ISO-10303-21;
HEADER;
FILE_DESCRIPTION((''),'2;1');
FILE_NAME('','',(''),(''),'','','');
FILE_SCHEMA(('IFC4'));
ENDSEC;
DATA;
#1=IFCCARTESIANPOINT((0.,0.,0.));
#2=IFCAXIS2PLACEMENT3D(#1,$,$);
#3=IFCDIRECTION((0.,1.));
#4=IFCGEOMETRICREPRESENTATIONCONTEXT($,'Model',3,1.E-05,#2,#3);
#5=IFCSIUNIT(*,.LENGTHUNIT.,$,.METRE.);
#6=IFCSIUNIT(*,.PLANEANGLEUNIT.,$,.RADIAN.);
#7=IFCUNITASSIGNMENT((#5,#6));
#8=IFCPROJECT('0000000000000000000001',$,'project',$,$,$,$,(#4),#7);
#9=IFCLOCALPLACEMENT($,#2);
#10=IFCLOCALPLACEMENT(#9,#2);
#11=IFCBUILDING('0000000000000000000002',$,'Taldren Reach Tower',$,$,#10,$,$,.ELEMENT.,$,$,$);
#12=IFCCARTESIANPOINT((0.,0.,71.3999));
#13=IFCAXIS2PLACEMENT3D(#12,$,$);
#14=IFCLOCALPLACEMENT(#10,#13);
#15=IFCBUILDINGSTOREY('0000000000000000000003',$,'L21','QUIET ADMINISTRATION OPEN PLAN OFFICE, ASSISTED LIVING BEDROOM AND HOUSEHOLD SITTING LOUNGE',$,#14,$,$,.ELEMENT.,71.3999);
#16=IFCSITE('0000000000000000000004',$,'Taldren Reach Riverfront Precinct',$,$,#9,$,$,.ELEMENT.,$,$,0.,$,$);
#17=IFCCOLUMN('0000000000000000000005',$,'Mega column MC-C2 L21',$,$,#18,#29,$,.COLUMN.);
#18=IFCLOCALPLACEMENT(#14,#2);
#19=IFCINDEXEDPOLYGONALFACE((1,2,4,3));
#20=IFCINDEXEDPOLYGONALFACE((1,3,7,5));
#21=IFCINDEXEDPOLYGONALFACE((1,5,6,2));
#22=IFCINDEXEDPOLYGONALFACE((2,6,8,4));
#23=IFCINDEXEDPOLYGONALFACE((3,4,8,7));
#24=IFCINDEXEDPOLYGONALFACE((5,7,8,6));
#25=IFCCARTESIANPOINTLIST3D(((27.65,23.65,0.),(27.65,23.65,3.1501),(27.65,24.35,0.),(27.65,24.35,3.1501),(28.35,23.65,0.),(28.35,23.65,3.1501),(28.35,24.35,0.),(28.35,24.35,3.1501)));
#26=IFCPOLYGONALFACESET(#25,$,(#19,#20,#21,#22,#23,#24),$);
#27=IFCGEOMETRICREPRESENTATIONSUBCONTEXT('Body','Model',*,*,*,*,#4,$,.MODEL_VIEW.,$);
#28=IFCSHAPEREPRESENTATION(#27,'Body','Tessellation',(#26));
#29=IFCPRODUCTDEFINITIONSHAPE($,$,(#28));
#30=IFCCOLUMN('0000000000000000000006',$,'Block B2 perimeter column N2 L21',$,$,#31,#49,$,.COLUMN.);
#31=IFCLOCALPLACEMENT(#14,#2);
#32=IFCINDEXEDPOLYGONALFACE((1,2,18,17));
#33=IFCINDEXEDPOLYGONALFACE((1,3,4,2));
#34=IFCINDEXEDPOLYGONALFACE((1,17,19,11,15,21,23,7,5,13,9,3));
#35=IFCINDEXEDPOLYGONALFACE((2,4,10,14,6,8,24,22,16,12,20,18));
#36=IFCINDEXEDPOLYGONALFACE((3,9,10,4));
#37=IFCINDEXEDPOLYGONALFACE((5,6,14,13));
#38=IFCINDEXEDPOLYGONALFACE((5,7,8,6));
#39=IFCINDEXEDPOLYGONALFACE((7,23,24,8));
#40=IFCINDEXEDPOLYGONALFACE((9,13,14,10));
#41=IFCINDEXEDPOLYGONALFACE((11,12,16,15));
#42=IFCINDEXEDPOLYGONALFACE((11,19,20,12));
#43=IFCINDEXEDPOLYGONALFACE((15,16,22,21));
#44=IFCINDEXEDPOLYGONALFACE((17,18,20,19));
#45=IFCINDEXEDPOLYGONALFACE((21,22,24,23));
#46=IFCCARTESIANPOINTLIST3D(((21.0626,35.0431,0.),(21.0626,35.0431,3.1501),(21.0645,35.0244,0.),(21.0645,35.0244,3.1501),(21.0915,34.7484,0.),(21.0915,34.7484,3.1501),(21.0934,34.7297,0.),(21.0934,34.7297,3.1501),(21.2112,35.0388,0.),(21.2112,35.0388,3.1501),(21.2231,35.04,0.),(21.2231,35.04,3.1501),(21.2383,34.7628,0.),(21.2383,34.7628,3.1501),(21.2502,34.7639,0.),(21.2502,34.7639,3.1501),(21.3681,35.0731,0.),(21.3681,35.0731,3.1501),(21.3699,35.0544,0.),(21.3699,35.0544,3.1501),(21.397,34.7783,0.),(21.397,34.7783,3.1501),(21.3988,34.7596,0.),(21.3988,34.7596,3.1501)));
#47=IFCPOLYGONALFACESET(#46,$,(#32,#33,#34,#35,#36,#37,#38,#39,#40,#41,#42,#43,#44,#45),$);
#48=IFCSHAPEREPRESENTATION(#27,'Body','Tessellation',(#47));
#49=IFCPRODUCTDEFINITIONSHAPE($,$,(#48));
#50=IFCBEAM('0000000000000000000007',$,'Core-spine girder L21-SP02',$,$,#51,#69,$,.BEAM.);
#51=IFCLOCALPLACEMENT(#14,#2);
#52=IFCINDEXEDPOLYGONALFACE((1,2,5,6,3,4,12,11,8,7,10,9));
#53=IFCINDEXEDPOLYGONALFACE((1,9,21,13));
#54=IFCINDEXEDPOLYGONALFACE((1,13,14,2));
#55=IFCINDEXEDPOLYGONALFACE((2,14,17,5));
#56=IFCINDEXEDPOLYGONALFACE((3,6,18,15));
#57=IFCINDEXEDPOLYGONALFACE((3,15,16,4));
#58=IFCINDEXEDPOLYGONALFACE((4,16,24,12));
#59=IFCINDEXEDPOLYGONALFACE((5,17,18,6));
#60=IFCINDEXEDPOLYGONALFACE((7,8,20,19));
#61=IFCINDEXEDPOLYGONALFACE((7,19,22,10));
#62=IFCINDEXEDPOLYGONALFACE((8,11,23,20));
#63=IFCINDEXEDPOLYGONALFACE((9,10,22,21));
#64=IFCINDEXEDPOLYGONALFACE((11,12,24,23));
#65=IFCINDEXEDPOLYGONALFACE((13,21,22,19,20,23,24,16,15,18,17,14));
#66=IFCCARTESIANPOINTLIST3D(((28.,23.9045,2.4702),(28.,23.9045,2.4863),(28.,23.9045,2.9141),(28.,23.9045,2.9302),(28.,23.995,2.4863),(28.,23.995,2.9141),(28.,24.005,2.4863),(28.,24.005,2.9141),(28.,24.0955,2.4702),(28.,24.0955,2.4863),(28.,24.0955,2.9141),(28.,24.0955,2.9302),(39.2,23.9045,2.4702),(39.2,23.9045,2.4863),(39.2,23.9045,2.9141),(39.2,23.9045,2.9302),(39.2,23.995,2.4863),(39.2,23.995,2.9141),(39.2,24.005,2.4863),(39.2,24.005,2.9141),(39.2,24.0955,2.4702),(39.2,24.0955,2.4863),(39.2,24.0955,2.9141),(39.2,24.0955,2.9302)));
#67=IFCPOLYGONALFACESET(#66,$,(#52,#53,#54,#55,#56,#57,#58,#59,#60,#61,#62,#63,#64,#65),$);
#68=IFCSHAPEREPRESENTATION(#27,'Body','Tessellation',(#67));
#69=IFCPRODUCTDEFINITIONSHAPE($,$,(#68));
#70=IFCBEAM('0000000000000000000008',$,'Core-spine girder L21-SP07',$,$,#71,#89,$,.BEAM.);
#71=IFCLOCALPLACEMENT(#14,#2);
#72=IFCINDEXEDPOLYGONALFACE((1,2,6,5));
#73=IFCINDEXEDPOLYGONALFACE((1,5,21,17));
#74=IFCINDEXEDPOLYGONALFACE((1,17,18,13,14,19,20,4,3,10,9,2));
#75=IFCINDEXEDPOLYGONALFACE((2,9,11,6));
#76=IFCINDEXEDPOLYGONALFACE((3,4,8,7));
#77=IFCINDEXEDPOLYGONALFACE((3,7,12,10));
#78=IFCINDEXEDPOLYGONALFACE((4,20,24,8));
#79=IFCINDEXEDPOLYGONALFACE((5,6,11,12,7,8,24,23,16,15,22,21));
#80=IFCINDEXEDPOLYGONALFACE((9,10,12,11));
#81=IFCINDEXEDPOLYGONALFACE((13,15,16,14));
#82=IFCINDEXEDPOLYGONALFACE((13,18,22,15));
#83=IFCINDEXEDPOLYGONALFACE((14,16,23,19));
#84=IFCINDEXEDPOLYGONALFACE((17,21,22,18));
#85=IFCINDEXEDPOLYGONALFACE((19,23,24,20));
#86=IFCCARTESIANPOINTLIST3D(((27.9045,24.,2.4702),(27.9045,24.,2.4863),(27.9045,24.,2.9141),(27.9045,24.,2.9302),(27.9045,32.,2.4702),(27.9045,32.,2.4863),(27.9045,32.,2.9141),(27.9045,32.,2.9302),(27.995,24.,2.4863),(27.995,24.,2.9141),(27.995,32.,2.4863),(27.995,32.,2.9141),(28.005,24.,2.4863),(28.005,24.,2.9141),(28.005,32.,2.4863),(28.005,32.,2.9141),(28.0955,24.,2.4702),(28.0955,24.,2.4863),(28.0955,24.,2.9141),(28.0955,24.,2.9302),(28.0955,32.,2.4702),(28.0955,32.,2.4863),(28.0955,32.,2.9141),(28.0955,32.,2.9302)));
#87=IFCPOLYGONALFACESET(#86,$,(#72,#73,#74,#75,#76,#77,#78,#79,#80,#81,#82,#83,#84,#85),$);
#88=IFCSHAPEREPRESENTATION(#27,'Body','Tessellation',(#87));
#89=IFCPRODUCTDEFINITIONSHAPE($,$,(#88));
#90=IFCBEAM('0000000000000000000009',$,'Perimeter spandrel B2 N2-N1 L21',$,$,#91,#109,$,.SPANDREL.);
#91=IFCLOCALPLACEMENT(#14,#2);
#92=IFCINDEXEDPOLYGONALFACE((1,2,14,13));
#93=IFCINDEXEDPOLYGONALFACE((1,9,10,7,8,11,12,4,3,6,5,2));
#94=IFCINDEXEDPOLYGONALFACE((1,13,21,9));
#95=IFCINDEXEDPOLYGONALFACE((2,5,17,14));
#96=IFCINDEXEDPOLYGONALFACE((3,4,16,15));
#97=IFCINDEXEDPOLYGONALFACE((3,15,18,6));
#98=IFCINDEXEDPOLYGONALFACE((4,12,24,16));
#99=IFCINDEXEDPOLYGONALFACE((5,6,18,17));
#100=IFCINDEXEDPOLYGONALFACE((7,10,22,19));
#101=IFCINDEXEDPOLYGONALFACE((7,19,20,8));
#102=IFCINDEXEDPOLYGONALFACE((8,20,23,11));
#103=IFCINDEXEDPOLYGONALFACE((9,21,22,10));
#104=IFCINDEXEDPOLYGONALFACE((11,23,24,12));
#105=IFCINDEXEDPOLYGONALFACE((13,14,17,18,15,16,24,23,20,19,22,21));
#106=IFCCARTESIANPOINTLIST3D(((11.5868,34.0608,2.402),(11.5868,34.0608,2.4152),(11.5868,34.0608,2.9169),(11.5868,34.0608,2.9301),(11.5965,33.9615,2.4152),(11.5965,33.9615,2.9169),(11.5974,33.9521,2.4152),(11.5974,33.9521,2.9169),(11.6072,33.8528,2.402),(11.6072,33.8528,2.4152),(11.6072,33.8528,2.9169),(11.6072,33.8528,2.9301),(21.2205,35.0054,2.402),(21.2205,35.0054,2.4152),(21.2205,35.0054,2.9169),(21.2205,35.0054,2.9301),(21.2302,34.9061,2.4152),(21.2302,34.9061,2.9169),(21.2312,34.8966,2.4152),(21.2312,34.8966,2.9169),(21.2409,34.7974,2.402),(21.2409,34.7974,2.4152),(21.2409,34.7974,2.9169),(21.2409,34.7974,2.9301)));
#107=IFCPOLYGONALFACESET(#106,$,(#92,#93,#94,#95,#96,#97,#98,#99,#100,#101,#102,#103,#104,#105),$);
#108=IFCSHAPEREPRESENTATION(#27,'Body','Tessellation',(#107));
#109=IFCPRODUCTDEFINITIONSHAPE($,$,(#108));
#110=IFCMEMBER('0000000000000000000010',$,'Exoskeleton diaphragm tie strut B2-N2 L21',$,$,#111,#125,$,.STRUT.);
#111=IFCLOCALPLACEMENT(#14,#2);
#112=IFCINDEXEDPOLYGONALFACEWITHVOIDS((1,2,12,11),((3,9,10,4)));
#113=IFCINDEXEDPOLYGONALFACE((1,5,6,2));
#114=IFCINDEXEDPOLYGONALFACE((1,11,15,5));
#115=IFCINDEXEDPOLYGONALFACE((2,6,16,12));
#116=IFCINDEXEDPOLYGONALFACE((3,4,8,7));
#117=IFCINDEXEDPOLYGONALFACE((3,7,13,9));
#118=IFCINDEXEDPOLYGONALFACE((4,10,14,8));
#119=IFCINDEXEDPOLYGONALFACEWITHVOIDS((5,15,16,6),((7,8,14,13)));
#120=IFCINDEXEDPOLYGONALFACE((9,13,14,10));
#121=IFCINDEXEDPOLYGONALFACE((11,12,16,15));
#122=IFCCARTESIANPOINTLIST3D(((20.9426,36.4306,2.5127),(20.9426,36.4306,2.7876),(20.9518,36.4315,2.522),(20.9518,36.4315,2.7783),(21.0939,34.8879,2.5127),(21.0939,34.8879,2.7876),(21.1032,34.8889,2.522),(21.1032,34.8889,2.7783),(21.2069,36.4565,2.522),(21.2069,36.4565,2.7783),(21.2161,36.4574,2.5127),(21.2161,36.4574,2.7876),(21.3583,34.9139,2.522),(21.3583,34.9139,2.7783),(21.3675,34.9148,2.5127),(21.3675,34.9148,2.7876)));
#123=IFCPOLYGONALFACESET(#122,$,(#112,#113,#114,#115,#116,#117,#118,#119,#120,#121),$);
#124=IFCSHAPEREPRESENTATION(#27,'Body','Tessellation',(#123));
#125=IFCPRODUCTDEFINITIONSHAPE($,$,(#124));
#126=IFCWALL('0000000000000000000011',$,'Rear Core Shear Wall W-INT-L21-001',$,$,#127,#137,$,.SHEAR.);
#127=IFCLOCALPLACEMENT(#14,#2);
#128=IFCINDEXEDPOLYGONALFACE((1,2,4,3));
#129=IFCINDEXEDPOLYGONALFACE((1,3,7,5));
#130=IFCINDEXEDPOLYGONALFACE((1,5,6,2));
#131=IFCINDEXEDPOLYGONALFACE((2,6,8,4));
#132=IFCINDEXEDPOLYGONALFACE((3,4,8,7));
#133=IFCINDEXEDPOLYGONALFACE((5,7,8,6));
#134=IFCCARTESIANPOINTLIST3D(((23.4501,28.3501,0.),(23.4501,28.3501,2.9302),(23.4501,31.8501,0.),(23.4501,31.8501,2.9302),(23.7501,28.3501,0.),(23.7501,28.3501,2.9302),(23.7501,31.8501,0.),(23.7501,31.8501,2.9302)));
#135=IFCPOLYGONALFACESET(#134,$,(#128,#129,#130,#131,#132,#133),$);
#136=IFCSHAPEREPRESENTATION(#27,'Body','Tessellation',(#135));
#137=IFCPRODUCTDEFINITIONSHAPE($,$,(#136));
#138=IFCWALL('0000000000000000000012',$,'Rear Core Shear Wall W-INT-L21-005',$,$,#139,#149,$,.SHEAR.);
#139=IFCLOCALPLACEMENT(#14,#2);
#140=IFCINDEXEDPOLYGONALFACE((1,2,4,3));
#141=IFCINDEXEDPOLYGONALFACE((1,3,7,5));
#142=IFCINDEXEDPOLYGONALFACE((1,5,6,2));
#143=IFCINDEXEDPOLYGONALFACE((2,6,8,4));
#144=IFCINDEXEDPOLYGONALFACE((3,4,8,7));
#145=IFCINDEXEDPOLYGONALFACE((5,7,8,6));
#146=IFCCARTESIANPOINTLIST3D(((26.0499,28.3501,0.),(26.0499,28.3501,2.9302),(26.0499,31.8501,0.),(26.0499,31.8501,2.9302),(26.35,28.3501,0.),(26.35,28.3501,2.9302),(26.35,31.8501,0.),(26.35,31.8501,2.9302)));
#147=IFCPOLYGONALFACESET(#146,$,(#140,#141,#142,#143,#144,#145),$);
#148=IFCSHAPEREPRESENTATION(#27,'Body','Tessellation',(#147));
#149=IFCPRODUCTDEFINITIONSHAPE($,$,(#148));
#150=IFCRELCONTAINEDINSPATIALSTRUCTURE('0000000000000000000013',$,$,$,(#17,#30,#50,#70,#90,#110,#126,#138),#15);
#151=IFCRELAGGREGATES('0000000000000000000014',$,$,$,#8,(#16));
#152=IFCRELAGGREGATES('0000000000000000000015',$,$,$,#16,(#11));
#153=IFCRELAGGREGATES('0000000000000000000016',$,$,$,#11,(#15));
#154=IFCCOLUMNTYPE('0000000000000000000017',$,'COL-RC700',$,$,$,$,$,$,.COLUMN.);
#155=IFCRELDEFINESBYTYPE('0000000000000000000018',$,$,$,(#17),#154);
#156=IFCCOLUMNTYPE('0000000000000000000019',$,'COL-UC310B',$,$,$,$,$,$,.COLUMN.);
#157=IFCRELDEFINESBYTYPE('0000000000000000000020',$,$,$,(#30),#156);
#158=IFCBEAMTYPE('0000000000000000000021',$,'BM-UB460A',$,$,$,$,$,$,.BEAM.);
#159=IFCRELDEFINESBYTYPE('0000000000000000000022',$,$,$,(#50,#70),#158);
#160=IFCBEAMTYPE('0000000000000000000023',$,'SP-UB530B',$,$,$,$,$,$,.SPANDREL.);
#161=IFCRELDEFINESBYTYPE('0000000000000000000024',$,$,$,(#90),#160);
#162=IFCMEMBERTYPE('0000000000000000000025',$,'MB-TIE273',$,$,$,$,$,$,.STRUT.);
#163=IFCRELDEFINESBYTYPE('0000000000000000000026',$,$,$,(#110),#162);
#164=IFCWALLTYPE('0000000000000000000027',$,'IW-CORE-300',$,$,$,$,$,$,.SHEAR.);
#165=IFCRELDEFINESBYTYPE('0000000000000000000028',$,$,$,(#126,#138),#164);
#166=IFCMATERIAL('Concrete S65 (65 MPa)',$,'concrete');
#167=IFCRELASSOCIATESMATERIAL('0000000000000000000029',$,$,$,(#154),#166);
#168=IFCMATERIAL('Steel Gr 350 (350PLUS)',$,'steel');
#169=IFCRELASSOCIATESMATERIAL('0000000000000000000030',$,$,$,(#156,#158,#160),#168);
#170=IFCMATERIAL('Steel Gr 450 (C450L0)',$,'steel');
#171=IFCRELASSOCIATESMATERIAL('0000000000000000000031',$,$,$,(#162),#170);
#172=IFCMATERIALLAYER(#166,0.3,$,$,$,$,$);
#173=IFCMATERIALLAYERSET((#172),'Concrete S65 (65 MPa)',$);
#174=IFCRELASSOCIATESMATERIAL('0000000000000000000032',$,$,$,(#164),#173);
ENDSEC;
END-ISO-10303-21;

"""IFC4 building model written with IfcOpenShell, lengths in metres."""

from ifc_helpers import new_model, si_unit, direction, frame, frame_2d, origin, origin_2d, place, context, subcontext, project, spatial, rectangle, hollow_rectangle, i_section, extrude, source, transform, mapped, material, layer, layer_set, material_profile, profile_set, type_object, element, save


model = new_model("IFC4")

# Units and contexts
model_context = context("Model", 3, precision=1e-05, world=origin(), true_north=direction((0.0, 1.0)))
body_context = subcontext(model_context, "Body", "Model", "MODEL_VIEW")
ifc_project = project(units=[si_unit("LENGTHUNIT", "METRE"), si_unit("PLANEANGLEUNIT", "RADIAN")], contexts=[model_context])

# Site, building, storey
site_placement = place(None, origin())
site = spatial("IfcSite", under=ifc_project, at=site_placement, Name="Taldren Reach Riverfront Precinct", CompositionType="ELEMENT", RefElevation=0.0)
building_placement = place(site_placement, origin())
building = spatial("IfcBuilding", under=site, at=building_placement, Name="Taldren Reach Tower", CompositionType="ELEMENT")
storey_placement = place(building_placement, frame((0.0, 0.0, 71.3999)))
storey = spatial("IfcBuildingStorey", under=building, at=storey_placement, Name="L21", Description="QUIET ADMINISTRATION OPEN PLAN OFFICE, ASSISTED LIVING BEDROOM AND HOUSEHOLD SITTING LOUNGE", CompositionType="ELEMENT", Elevation=71.3999)

# Columns
ifc_material_1 = material(Name="Concrete S65 (65 MPa)", Category="concrete")
ifc_material_profile_1 = material_profile(ifc_material_1, rectangle(XDim=0.7, YDim=0.7, at=origin_2d()), Name="RC-700x700")
ifc_profile_set_1 = profile_set([ifc_material_profile_1], Name="Concrete S65 (65 MPa)")
column_type_1 = type_object("IfcColumnType", Name="COL-RC700", PredefinedType="COLUMN", material=ifc_profile_set_1)
shared_shape_1 = source(origin(), body_context, "Body", "SweptSolid", [
    extrude(rectangle(XDim=0.7, YDim=0.7, at=origin_2d()), origin(), (0.0, 0.0, 1.0), 3.1501),
])
column_1_placement = place(storey_placement, frame((28.0, 24.0, 0.0), z_axis=(0.0, 0.0, 1.0), x_axis=(1.0, 0.0, 0.0)))
element("IfcColumn", 1, at=column_1_placement, inside=storey, type_object=column_type_1, Name="Mega column MC-C2 L21", PredefinedType="COLUMN", context=body_context, shape_type="MappedRepresentation", body=[
    mapped(shared_shape_1, transform((0.0, 0.0, 0.0), scale=1.0)),
])
ifc_material_2 = material(Name="Steel Gr 350 (350PLUS)", Category="steel")
ifc_material_profile_2 = material_profile(ifc_material_2, i_section(OverallWidth=0.3069, OverallDepth=0.3149, WebThickness=0.012, FlangeThickness=0.0188, at=origin_2d()), Name="310UC118")
ifc_profile_set_2 = profile_set([ifc_material_profile_2], Name="Steel Gr 350 (350PLUS)")
column_type_2 = type_object("IfcColumnType", Name="COL-UC310B", PredefinedType="COLUMN", material=ifc_profile_set_2)
shared_shape_2 = source(origin(), body_context, "Body", "SweptSolid", [
    extrude(i_section(OverallWidth=0.3069, OverallDepth=0.3149, WebThickness=0.012, FlangeThickness=0.0188, at=origin_2d()), origin(), (0.0, 0.0, 1.0), 3.1501),
])
column_2_placement = place(storey_placement, frame((21.2307, 34.9014, 0.0), z_axis=(0.0, 0.0, 1.0), x_axis=(0.995227, 0.097583, 0.0)))
element("IfcColumn", 2, at=column_2_placement, inside=storey, type_object=column_type_2, Name="Block B2 perimeter column N2 L21", PredefinedType="COLUMN", context=body_context, shape_type="MappedRepresentation", body=[
    mapped(shared_shape_2, transform((0.0, 0.0, 0.0), scale=1.0)),
])

# Beams
ifc_material_profile_3 = material_profile(ifc_material_2, i_section(OverallWidth=0.1909, OverallDepth=0.46, WebThickness=0.01, FlangeThickness=0.0161, at=origin_2d()), Name="460UB82.1")
ifc_profile_set_3 = profile_set([ifc_material_profile_3], Name="Steel Gr 350 (350PLUS)")
beam_type_1 = type_object("IfcBeamType", Name="BM-UB460A", PredefinedType="BEAM", material=ifc_profile_set_3)
shared_shape_3 = source(origin(), body_context, "Body", "SweptSolid", [
    extrude(i_section(OverallWidth=0.1909, OverallDepth=0.46, WebThickness=0.01, FlangeThickness=0.0161, at=origin_2d()), origin(), (0.0, 0.0, 1.0), 11.2),
])
beam_1_placement = place(storey_placement, frame((28.0, 24.0, 2.7002), z_axis=(1.0, 0.0, 0.0), x_axis=(0.0, 1.0, 0.0)))
element("IfcBeam", 3, at=beam_1_placement, inside=storey, type_object=beam_type_1, Name="Core-spine girder L21-SP02", PredefinedType="BEAM", context=body_context, shape_type="MappedRepresentation", body=[
    mapped(shared_shape_3, transform((0.0, 0.0, 0.0), scale=1.0)),
])
shared_shape_4 = source(origin(), body_context, "Body", "SweptSolid", [
    extrude(i_section(OverallWidth=0.1909, OverallDepth=0.46, WebThickness=0.01, FlangeThickness=0.0161, at=origin_2d()), origin(), (0.0, 0.0, 1.0), 8.0),
])
beam_2_placement = place(storey_placement, frame((28.0, 24.0, 2.7002), z_axis=(0.0, 1.0, 0.0), x_axis=(-1.0, 0.0, 0.0)))
element("IfcBeam", 4, at=beam_2_placement, inside=storey, type_object=beam_type_1, Name="Core-spine girder L21-SP07", PredefinedType="BEAM", context=body_context, shape_type="MappedRepresentation", body=[
    mapped(shared_shape_4, transform((0.0, 0.0, 0.0), scale=1.0)),
])
ifc_material_profile_4 = material_profile(ifc_material_2, i_section(OverallWidth=0.209, OverallDepth=0.5281, WebThickness=0.0095, FlangeThickness=0.0132, at=origin_2d()), Name="530UB82.0")
ifc_profile_set_4 = profile_set([ifc_material_profile_4], Name="Steel Gr 350 (350PLUS)")
beam_type_2 = type_object("IfcBeamType", Name="SP-UB530B", PredefinedType="SPANDREL", material=ifc_profile_set_4)
shared_shape_5 = source(origin(), body_context, "Body", "SweptSolid", [
    extrude(i_section(OverallWidth=0.209, OverallDepth=0.5281, WebThickness=0.0095, FlangeThickness=0.0132, at=origin_2d()), origin(), (0.0, 0.0, 1.0), 9.6799),
])
beam_3_placement = place(storey_placement, frame((21.2307, 34.9014, 2.666), z_axis=(-0.995228, -0.097581, 0.0), x_axis=(0.097581, -0.995228, 0.0)))
element("IfcBeam", 5, at=beam_3_placement, inside=storey, type_object=beam_type_2, Name="Perimeter spandrel B2 N2-N1 L21", PredefinedType="SPANDREL", context=body_context, shape_type="MappedRepresentation", body=[
    mapped(shared_shape_5, transform((0.0, 0.0, 0.0), scale=1.0)),
])

# Member
ifc_material_3 = material(Name="Steel Gr 450 (C450L0)", Category="steel")
ifc_material_profile_5 = material_profile(ifc_material_3, hollow_rectangle(XDim=0.2749, YDim=0.2749, WallThickness=0.0093, at=origin_2d()), Name="275x275x9.3SHS")
ifc_profile_set_5 = profile_set([ifc_material_profile_5], Name="Steel Gr 450 (C450L0)")
member_type = type_object("IfcMemberType", Name="MB-TIE273", PredefinedType="STRUT", material=ifc_profile_set_5)
shared_shape_6 = source(origin(), body_context, "Body", "SweptSolid", [
    extrude(hollow_rectangle(XDim=0.2749, YDim=0.2749, WallThickness=0.0093, at=origin_2d()), origin(), (0.0, 0.0, 1.0), 1.55),
])
member_placement = place(storey_placement, frame((21.2307, 34.9014, 2.6501), z_axis=(-0.097648, 0.995221, 0.0), x_axis=(-0.995221, -0.097648, 0.0)))
element("IfcMember", 6, at=member_placement, inside=storey, type_object=member_type, Name="Exoskeleton diaphragm tie strut B2-N2 L21", PredefinedType="STRUT", context=body_context, shape_type="MappedRepresentation", body=[
    mapped(shared_shape_6, transform((0.0, 0.0, 0.0), scale=1.0)),
])

# Walls
ifc_layer_1 = layer(ifc_material_1, 0.3)
ifc_layer_set_1 = layer_set([ifc_layer_1], Name="Concrete S65 (65 MPa)")
wall_type_1 = type_object("IfcWallType", Name="IW-CORE-300", PredefinedType="SHEAR", material=ifc_layer_set_1)
shared_shape_7 = source(origin(), body_context, "Body", "SweptSolid", [
    extrude(rectangle(XDim=3.5, YDim=0.3, at=frame_2d((1.75, 0.0))), origin(), (0.0, 0.0, 1.0), 2.9302),
])
for number, where, z_axis, x_axis, name in (
    (7, (23.6001, 28.3501, 0.0), (0.0, 0.0, 1.0), (0.0, 1.0, 0.0), "Rear Core Shear Wall W-INT-L21-001"),
    (8, (26.2, 28.3501, 0.0), (0.0, 0.0, 1.0), (0.0, 1.0, 0.0), "Rear Core Shear Wall W-INT-L21-005"),
):
    element("IfcWall", number, at=place(storey_placement, frame(where, z_axis=z_axis, x_axis=x_axis)), inside=storey, type_object=wall_type_1, Name=name, PredefinedType="SHEAR", context=body_context, shape_type="MappedRepresentation", body=[
        mapped(shared_shape_7, transform((0.0, 0.0, 0.0), scale=1.0)),
    ])

save(model, "model.ifc")
